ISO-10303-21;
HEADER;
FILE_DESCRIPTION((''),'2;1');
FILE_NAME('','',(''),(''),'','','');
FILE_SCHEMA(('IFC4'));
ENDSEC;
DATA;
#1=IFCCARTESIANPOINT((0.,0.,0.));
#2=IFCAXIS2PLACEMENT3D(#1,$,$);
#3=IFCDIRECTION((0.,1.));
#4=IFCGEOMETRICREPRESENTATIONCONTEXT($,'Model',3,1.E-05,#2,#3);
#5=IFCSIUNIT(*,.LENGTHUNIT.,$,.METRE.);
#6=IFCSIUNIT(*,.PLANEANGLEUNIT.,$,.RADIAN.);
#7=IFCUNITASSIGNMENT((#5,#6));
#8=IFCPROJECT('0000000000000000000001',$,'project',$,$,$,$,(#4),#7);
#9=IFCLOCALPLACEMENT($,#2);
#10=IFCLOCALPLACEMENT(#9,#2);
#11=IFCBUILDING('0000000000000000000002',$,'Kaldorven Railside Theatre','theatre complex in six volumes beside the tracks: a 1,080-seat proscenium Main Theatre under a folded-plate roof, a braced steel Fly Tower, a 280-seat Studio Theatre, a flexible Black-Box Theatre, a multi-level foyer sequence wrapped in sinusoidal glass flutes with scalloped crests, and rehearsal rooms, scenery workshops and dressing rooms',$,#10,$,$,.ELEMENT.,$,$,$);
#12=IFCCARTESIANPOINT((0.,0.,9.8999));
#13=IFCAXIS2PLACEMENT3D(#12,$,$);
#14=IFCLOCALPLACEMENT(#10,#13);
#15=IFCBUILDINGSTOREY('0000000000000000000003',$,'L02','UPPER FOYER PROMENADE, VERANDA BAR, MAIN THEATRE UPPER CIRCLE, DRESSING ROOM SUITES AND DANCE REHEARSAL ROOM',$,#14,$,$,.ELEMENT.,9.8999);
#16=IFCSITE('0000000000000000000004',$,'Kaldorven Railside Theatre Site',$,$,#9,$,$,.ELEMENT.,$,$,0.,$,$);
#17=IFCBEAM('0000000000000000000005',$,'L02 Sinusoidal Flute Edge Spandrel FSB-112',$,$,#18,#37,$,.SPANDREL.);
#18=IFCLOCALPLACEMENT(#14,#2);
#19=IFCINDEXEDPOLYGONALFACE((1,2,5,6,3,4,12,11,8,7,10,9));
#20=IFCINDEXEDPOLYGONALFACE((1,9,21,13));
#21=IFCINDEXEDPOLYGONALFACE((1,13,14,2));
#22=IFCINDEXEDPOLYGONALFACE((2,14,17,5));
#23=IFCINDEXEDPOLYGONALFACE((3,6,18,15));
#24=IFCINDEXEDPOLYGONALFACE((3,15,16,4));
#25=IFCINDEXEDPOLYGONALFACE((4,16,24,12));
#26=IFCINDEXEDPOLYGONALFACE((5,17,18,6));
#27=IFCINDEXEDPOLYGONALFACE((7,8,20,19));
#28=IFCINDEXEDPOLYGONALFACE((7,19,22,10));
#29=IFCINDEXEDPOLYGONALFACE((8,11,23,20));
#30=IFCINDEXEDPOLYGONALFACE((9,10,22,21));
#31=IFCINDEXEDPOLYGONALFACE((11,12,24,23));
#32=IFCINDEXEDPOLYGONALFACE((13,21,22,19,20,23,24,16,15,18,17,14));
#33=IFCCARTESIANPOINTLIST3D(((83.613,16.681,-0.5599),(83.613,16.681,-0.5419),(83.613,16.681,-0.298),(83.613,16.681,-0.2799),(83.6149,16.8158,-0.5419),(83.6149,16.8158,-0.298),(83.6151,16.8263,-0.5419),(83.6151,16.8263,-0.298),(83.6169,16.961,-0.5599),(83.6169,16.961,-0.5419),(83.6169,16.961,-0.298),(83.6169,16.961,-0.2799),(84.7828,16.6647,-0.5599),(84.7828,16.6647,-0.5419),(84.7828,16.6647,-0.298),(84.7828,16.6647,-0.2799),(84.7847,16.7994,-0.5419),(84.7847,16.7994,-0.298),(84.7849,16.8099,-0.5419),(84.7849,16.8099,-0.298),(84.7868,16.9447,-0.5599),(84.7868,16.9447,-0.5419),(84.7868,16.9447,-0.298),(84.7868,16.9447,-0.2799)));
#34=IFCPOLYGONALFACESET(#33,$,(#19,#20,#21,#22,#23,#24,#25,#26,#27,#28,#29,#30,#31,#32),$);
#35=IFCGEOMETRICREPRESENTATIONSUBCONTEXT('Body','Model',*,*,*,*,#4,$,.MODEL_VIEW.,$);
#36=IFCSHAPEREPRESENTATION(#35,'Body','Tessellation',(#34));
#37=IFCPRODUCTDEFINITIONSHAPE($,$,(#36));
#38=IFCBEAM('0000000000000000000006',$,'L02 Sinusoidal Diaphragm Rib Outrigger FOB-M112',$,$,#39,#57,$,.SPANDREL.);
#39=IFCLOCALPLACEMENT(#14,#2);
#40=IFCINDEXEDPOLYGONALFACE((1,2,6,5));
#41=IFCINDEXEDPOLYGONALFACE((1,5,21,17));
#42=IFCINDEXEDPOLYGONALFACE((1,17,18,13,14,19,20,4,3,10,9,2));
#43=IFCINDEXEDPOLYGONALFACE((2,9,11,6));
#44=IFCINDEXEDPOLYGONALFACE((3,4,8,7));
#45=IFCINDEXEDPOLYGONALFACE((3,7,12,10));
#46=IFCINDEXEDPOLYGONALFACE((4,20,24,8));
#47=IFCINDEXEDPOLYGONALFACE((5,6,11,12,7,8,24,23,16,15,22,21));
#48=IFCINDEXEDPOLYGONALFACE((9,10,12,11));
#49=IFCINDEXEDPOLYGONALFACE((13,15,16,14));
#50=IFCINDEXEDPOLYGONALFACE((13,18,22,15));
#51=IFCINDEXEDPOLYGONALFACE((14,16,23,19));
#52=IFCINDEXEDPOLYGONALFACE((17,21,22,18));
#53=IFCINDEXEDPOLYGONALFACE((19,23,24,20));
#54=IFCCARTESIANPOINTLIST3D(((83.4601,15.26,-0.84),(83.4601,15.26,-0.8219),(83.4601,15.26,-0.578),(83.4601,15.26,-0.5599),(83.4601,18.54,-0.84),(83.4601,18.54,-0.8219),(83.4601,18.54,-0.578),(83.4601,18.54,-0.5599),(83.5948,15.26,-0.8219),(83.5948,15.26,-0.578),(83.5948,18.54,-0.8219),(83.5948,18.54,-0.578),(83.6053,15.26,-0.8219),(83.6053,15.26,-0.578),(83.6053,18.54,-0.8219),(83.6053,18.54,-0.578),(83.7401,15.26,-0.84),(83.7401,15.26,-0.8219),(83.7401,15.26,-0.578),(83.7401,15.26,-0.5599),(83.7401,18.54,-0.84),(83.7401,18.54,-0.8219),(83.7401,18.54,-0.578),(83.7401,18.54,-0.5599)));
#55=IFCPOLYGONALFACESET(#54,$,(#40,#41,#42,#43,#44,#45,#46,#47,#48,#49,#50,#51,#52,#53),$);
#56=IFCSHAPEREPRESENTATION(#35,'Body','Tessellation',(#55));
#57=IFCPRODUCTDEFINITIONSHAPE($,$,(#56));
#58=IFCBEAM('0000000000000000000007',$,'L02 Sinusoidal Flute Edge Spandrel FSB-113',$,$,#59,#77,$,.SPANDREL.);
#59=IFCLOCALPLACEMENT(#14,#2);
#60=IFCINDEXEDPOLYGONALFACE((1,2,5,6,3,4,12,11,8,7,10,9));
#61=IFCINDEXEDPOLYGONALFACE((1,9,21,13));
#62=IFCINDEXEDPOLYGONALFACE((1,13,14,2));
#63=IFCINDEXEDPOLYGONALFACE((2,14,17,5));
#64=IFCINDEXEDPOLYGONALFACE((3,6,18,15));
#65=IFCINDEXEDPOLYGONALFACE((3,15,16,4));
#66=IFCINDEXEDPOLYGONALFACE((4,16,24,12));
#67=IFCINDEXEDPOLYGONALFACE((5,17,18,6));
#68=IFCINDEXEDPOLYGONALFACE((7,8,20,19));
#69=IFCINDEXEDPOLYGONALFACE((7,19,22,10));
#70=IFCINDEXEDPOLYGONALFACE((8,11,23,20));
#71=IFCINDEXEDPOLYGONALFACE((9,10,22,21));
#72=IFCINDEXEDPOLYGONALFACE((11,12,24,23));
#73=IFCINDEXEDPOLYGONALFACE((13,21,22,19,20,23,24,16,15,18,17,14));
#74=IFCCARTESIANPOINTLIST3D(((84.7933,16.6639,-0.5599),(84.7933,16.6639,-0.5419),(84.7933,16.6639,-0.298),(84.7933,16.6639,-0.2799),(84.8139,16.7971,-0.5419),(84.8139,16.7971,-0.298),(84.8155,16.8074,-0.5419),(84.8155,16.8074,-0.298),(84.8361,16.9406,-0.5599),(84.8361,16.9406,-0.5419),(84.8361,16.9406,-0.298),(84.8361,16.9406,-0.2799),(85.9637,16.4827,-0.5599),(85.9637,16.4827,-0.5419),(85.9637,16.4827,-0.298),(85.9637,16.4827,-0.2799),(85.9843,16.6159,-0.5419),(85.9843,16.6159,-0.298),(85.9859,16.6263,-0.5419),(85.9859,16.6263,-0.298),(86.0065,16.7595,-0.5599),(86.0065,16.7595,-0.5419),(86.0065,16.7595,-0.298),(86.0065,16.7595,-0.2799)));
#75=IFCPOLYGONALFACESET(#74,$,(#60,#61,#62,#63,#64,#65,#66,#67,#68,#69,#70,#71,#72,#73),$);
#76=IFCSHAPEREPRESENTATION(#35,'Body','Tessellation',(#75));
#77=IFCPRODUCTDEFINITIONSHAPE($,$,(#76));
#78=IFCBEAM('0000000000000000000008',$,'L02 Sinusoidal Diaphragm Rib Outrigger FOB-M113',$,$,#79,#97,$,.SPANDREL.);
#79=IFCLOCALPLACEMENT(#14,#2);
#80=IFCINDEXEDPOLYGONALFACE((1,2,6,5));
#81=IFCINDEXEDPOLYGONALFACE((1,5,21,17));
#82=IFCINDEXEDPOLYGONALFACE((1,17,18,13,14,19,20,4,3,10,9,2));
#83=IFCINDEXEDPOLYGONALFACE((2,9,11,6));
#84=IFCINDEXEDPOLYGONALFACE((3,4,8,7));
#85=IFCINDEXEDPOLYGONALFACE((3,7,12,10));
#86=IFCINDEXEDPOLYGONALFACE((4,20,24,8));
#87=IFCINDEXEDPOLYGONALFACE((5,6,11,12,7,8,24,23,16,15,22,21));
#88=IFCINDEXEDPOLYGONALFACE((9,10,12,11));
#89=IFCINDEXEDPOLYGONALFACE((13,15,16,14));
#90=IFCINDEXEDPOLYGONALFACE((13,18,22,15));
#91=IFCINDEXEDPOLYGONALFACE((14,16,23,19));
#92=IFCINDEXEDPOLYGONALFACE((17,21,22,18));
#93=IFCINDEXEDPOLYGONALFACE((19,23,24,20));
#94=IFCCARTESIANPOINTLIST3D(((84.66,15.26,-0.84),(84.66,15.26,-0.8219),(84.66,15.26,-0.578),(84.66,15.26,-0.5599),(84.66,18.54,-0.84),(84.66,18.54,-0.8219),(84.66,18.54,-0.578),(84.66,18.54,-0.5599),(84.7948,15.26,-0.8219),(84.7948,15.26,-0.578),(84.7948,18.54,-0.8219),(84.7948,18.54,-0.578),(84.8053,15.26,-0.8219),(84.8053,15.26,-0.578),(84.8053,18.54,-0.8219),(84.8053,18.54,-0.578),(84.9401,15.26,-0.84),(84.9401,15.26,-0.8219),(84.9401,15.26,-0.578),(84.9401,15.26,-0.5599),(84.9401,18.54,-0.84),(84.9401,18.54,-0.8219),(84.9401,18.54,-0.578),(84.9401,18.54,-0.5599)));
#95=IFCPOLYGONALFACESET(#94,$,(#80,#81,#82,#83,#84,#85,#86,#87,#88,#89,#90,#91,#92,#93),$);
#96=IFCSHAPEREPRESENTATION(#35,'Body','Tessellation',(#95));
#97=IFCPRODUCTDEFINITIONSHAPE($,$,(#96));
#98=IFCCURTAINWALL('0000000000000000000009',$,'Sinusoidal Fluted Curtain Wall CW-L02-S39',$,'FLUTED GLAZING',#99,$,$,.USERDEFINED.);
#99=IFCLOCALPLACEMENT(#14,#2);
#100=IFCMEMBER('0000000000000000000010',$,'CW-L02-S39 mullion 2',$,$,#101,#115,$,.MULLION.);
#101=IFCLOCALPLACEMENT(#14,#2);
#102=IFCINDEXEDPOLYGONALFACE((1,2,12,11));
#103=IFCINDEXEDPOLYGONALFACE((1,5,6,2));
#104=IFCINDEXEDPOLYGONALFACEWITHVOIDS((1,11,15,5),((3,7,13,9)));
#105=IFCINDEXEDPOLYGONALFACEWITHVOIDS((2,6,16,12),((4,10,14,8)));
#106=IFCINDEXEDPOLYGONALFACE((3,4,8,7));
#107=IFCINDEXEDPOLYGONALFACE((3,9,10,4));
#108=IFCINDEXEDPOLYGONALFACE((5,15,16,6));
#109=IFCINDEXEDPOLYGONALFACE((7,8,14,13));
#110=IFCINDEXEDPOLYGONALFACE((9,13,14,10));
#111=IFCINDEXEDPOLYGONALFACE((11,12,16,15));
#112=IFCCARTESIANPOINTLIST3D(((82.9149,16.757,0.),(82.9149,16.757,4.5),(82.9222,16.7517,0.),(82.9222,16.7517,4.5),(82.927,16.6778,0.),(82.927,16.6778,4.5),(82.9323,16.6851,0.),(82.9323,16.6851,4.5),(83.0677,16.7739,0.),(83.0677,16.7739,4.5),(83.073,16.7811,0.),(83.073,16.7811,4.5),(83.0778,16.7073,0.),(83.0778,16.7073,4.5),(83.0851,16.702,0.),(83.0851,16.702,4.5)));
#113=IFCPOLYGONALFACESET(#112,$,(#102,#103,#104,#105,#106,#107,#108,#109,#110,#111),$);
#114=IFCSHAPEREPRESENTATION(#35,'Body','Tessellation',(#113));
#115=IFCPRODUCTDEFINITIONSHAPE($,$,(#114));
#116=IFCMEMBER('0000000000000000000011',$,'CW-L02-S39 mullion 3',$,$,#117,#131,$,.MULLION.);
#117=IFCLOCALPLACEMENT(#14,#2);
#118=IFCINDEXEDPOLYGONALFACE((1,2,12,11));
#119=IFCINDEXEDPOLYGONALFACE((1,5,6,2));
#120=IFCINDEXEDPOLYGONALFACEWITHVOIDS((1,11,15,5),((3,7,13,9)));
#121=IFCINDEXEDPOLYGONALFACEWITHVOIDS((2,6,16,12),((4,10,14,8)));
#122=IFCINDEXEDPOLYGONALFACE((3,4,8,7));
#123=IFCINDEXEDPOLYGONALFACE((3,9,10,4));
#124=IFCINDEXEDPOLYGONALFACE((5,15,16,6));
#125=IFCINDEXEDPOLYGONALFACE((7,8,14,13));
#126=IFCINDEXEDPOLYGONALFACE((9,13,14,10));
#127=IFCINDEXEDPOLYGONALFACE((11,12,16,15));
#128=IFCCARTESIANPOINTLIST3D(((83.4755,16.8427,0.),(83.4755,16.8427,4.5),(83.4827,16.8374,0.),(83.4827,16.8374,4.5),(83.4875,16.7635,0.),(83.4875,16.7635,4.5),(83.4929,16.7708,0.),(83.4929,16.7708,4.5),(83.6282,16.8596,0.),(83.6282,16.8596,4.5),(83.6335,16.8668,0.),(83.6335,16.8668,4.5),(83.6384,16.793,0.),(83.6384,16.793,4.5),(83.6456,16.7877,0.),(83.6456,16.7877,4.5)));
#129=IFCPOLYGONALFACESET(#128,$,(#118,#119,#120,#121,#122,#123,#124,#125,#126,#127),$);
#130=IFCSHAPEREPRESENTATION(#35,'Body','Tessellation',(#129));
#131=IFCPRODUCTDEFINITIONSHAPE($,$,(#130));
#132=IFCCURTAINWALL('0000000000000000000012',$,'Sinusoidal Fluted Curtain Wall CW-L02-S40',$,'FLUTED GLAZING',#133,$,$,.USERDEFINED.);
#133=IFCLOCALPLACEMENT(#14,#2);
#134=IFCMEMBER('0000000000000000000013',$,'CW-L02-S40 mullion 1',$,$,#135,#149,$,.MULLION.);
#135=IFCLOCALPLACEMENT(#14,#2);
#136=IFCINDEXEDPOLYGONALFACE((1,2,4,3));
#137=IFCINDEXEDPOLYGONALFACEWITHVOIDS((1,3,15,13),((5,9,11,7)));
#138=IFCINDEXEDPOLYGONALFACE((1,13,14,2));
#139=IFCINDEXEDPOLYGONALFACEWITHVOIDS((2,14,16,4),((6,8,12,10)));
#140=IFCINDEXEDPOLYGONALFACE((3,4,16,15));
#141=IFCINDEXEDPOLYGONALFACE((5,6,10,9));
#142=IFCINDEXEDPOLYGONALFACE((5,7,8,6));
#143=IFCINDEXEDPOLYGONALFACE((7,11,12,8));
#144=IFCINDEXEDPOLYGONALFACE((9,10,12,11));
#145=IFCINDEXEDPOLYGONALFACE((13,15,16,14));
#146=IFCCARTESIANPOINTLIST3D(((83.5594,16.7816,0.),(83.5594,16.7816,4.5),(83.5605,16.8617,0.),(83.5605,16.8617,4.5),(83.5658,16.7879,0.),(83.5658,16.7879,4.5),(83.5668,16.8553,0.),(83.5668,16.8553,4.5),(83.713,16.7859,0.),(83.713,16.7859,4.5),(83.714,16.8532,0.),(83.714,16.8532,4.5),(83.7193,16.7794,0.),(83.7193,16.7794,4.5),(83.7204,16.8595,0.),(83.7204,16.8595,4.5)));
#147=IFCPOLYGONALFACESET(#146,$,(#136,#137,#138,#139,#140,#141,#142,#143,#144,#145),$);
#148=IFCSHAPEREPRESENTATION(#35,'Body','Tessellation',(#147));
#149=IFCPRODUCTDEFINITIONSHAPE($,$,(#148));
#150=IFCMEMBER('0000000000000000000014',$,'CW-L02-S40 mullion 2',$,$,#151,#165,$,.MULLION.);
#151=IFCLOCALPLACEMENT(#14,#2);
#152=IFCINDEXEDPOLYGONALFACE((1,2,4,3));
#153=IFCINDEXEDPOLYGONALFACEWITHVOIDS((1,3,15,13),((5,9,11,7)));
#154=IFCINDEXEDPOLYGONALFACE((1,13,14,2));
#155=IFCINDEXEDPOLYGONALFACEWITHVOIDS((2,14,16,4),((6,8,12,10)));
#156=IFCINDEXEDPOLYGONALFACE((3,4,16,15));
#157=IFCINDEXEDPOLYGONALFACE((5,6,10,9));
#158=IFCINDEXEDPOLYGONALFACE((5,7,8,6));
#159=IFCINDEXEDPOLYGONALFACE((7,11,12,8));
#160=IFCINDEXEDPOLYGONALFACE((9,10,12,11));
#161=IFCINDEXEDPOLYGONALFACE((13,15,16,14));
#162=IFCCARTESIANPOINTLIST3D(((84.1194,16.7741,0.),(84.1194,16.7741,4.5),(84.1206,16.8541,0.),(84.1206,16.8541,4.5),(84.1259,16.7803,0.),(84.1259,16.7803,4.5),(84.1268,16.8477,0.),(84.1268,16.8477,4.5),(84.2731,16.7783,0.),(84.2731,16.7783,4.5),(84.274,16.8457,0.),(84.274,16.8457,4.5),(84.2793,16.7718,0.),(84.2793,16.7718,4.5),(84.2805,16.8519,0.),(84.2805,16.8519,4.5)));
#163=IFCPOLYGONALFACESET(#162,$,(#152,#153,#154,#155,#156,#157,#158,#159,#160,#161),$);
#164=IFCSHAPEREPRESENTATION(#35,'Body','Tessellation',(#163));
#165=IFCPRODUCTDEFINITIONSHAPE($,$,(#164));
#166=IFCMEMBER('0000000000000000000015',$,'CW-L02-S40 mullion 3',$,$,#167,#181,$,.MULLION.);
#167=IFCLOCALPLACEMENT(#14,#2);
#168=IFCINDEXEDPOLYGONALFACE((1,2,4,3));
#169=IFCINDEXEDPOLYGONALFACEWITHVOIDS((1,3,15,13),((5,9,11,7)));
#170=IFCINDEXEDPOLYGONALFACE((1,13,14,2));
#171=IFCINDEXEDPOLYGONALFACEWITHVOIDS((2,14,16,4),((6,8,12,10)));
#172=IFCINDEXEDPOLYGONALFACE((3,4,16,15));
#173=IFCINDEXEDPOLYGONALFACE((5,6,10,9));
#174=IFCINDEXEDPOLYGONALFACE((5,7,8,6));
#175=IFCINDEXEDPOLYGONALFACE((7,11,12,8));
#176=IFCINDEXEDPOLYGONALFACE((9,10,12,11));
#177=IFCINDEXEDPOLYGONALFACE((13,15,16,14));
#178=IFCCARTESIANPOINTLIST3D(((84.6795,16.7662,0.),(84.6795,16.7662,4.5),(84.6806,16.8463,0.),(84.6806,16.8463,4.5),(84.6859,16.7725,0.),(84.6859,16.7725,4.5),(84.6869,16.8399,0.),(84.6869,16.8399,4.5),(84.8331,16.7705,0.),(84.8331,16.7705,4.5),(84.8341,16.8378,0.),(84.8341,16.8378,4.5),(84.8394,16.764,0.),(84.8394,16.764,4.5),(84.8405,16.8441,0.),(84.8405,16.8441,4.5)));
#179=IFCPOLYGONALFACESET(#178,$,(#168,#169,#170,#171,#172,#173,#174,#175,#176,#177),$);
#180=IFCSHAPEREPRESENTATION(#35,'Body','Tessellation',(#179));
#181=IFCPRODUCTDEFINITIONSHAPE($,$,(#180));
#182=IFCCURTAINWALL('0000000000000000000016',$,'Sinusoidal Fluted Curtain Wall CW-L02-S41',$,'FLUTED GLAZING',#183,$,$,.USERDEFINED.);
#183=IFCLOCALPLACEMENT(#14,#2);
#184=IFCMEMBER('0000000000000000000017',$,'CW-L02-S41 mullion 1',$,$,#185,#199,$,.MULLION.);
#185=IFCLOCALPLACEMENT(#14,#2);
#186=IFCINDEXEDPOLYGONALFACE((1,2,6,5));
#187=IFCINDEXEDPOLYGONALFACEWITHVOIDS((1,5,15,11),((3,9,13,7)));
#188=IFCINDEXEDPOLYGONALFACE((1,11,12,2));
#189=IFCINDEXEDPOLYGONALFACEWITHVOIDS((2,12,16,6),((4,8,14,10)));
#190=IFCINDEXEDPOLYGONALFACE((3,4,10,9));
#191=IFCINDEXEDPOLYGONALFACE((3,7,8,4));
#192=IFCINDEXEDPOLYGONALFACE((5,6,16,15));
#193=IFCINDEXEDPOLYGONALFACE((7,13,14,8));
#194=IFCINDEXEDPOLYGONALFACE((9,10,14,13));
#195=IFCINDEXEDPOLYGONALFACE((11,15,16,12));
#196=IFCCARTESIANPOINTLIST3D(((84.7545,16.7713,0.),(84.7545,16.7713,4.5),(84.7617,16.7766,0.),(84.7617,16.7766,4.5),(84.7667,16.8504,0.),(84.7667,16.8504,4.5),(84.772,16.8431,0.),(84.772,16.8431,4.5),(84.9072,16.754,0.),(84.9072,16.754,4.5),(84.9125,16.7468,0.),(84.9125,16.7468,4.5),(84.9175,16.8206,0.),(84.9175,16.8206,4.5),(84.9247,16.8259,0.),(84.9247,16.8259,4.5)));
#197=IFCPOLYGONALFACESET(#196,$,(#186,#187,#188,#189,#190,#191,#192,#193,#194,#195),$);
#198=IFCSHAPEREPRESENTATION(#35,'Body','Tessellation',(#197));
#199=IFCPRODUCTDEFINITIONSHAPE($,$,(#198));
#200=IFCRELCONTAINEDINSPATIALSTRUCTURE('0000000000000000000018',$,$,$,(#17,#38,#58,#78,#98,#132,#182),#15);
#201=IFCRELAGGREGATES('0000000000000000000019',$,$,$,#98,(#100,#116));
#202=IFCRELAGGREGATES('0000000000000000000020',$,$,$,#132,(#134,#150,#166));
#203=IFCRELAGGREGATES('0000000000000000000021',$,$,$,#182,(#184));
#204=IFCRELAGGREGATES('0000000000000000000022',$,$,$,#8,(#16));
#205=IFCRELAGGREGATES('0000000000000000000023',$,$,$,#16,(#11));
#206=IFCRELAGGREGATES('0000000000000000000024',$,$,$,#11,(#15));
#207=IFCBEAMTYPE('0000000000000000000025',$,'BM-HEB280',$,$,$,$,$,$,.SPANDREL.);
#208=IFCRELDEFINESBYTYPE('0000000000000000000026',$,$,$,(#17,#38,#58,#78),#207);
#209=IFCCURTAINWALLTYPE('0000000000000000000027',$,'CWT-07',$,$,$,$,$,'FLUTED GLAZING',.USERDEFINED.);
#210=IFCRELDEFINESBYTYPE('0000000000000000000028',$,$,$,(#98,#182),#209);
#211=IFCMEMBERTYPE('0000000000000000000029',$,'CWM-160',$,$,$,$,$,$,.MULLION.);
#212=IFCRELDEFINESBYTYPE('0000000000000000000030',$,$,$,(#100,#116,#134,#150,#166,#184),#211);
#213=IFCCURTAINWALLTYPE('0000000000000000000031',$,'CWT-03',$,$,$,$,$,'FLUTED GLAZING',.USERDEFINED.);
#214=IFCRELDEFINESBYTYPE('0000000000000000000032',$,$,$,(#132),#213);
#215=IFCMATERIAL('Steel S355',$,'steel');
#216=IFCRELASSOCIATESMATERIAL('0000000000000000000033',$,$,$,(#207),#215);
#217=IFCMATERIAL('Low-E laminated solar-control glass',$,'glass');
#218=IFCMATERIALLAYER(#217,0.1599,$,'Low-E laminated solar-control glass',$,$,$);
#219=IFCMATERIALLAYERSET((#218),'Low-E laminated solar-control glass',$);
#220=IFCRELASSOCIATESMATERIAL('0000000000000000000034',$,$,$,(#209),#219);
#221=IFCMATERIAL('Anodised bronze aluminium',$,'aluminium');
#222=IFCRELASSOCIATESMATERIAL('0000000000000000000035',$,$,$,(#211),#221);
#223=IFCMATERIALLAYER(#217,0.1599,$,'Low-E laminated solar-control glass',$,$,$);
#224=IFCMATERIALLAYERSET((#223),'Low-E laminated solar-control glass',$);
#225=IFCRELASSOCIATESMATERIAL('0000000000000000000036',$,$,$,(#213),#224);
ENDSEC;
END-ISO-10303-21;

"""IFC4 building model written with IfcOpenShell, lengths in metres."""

from ifc_helpers import new_model, si_unit, direction, frame, origin, origin_2d, place, context, subcontext, project, spatial, hollow_rectangle, i_section, extrude, material, layer, layer_set, material_profile, profile_set, type_object, element, aggregate, save


model = new_model("IFC4")

# Units and contexts
model_context = context("Model", 3, precision=1e-05, world=origin(), true_north=direction((0.0, 1.0)))
body_context = subcontext(model_context, "Body", "Model", "MODEL_VIEW")
ifc_project = project(units=[si_unit("LENGTHUNIT", "METRE"), si_unit("PLANEANGLEUNIT", "RADIAN")], contexts=[model_context])

# Site, building, storey
site_placement = place(None, origin())
site = spatial("IfcSite", under=ifc_project, at=site_placement, Name="Kaldorven Railside Theatre Site", CompositionType="ELEMENT", RefElevation=0.0)
building_placement = place(site_placement, origin())
building = spatial("IfcBuilding", under=site, at=building_placement, Name="Kaldorven Railside Theatre", Description="theatre complex in six volumes beside the tracks: a 1,080-seat proscenium Main Theatre under a folded-plate roof, a braced steel Fly Tower, a 280-seat Studio Theatre, a flexible Black-Box Theatre, a multi-level foyer sequence wrapped in sinusoidal glass flutes with scalloped crests, and rehearsal rooms, scenery workshops and dressing rooms", CompositionType="ELEMENT")
storey_placement = place(building_placement, frame((0.0, 0.0, 9.8999)))
storey = spatial("IfcBuildingStorey", under=building, at=storey_placement, Name="L02", Description="UPPER FOYER PROMENADE, VERANDA BAR, MAIN THEATRE UPPER CIRCLE, DRESSING ROOM SUITES AND DANCE REHEARSAL ROOM", CompositionType="ELEMENT", Elevation=9.8999)

# Beams
ifc_material_1 = material(Name="Steel S355", Category="steel")
ifc_material_profile_1 = material_profile(ifc_material_1, i_section(OverallWidth=0.28, OverallDepth=0.28, WebThickness=0.0105, FlangeThickness=0.0181, at=origin_2d()), Name="HEB 280")
ifc_profile_set_1 = profile_set([ifc_material_profile_1], Name="Steel S355")
beam_type = type_object("IfcBeamType", Name="BM-HEB280", PredefinedType="SPANDREL", material=ifc_profile_set_1)
beam_1_placement = place(storey_placement, frame((83.615, 16.821, -0.4199), z_axis=(0.999902, -0.01398, 0.0), x_axis=(0.01398, 0.999902, 0.0)))
element("IfcBeam", 1, at=beam_1_placement, inside=storey, type_object=beam_type, Name="L02 Sinusoidal Flute Edge Spandrel FSB-112", PredefinedType="SPANDREL", context=body_context, shape_type="SweptSolid", body=[
    extrude(i_section(OverallWidth=0.28, OverallDepth=0.28, WebThickness=0.0105, FlangeThickness=0.0181, at=origin_2d()), origin(), (0.0, 0.0, 1.0), 1.1699),
])
beam_2_placement = place(storey_placement, frame((83.6001, 15.26, -0.7), z_axis=(0.0, 1.0, 0.0), x_axis=(-1.0, 0.0, 0.0)))
element("IfcBeam", 2, at=beam_2_placement, inside=storey, type_object=beam_type, Name="L02 Sinusoidal Diaphragm Rib Outrigger FOB-M112", PredefinedType="SPANDREL", context=body_context, shape_type="SweptSolid", body=[
    extrude(i_section(OverallWidth=0.28, OverallDepth=0.28, WebThickness=0.0105, FlangeThickness=0.0181, at=origin_2d()), origin(), (0.0, 0.0, 1.0), 3.28),
])
beam_3_placement = place(storey_placement, frame((84.8147, 16.8022, -0.4199), z_axis=(0.988233, -0.152956, 0.0), x_axis=(0.152956, 0.988233, 0.0)))
element("IfcBeam", 3, at=beam_3_placement, inside=storey, type_object=beam_type, Name="L02 Sinusoidal Flute Edge Spandrel FSB-113", PredefinedType="SPANDREL", context=body_context, shape_type="SweptSolid", body=[
    extrude(i_section(OverallWidth=0.28, OverallDepth=0.28, WebThickness=0.0105, FlangeThickness=0.0181, at=origin_2d()), origin(), (0.0, 0.0, 1.0), 1.1843),
])
beam_4_placement = place(storey_placement, frame((84.8, 15.26, -0.7), z_axis=(0.0, 1.0, 0.0), x_axis=(-1.0, 0.0, 0.0)))
element("IfcBeam", 4, at=beam_4_placement, inside=storey, type_object=beam_type, Name="L02 Sinusoidal Diaphragm Rib Outrigger FOB-M113", PredefinedType="SPANDREL", context=body_context, shape_type="SweptSolid", body=[
    extrude(i_section(OverallWidth=0.28, OverallDepth=0.28, WebThickness=0.0105, FlangeThickness=0.0181, at=origin_2d()), origin(), (0.0, 0.0, 1.0), 3.28),
])

# Curtain walls, members
ifc_material_2 = material(Name="Low-E laminated solar-control glass", Category="glass")
ifc_layer_1 = layer(ifc_material_2, 0.1599, Name="Low-E laminated solar-control glass")
ifc_layer_set_1 = layer_set([ifc_layer_1], Name="Low-E laminated solar-control glass")
curtain_wall_type_1 = type_object("IfcCurtainWallType", Name="CWT-07", ElementType="FLUTED GLAZING", PredefinedType="USERDEFINED", material=ifc_layer_set_1)
curtain_wall_1_placement = place(storey_placement, origin())
curtain_wall_1 = element("IfcCurtainWall", 5, at=curtain_wall_1_placement, inside=storey, type_object=curtain_wall_type_1, Name="Sinusoidal Fluted Curtain Wall CW-L02-S39", ObjectType="FLUTED GLAZING", PredefinedType="USERDEFINED")
ifc_material_3 = material(Name="Anodised bronze aluminium", Category="aluminium")
ifc_material_profile_2 = material_profile(ifc_material_3, hollow_rectangle(XDim=0.0801, YDim=0.1599, WallThickness=0.0063, at=origin_2d()), Name="RHS 160x80x6.3")
ifc_profile_set_2 = profile_set([ifc_material_profile_2], Name="Anodised bronze aluminium")
member_type_1 = type_object("IfcMemberType", Name="CWM-160", PredefinedType="MULLION", material=ifc_profile_set_2)
member_1_placement = place(storey_placement, frame((83.0, 16.7295, 0.0), z_axis=(0.0, 0.0, 1.0), x_axis=(-0.150918, 0.988546, 0.0)))
member_1 = element("IfcMember", 6, at=member_1_placement, type_object=member_type_1, Name="CW-L02-S39 mullion 2", PredefinedType="MULLION", context=body_context, shape_type="SweptSolid", body=[
    extrude(hollow_rectangle(XDim=0.0801, YDim=0.1599, WallThickness=0.0063, at=origin_2d()), origin(), (0.0, 0.0, 1.0), 4.5),
])
member_2_placement = place(storey_placement, frame((83.5605, 16.8152, 0.0), z_axis=(0.0, 0.0, 1.0), x_axis=(-0.150918, 0.988546, 0.0)))
member_2 = element("IfcMember", 7, at=member_2_placement, type_object=member_type_1, Name="CW-L02-S39 mullion 3", PredefinedType="MULLION", context=body_context, shape_type="SweptSolid", body=[
    extrude(hollow_rectangle(XDim=0.0801, YDim=0.1599, WallThickness=0.0063, at=origin_2d()), origin(), (0.0, 0.0, 1.0), 4.5),
])
ifc_layer_2 = layer(ifc_material_2, 0.1599, Name="Low-E laminated solar-control glass")
ifc_layer_set_2 = layer_set([ifc_layer_2], Name="Low-E laminated solar-control glass")
curtain_wall_type_2 = type_object("IfcCurtainWallType", Name="CWT-03", ElementType="FLUTED GLAZING", PredefinedType="USERDEFINED", material=ifc_layer_set_2)
curtain_wall_2_placement = place(storey_placement, origin())
curtain_wall_2 = element("IfcCurtainWall", 8, at=curtain_wall_2_placement, inside=storey, type_object=curtain_wall_type_2, Name="Sinusoidal Fluted Curtain Wall CW-L02-S40", ObjectType="FLUTED GLAZING", PredefinedType="USERDEFINED")
member_3_placement = place(storey_placement, frame((83.6399, 16.8206, 0.0), z_axis=(0.0, 0.0, 1.0), x_axis=(0.013832, 0.999904, 0.0)))
member_3 = element("IfcMember", 9, at=member_3_placement, type_object=member_type_1, Name="CW-L02-S40 mullion 1", PredefinedType="MULLION", context=body_context, shape_type="SweptSolid", body=[
    extrude(hollow_rectangle(XDim=0.0801, YDim=0.1599, WallThickness=0.0063, at=origin_2d()), origin(), (0.0, 0.0, 1.0), 4.5),
])
member_4_placement = place(storey_placement, frame((84.2, 16.813, 0.0), z_axis=(0.0, 0.0, 1.0), x_axis=(0.013832, 0.999904, 0.0)))
member_4 = element("IfcMember", 10, at=member_4_placement, type_object=member_type_1, Name="CW-L02-S40 mullion 2", PredefinedType="MULLION", context=body_context, shape_type="SweptSolid", body=[
    extrude(hollow_rectangle(XDim=0.0801, YDim=0.1599, WallThickness=0.0063, at=origin_2d()), origin(), (0.0, 0.0, 1.0), 4.5),
])
member_5_placement = place(storey_placement, frame((84.76, 16.8052, 0.0), z_axis=(0.0, 0.0, 1.0), x_axis=(0.013832, 0.999904, 0.0)))
member_5 = element("IfcMember", 11, at=member_5_placement, type_object=member_type_1, Name="CW-L02-S40 mullion 3", PredefinedType="MULLION", context=body_context, shape_type="SweptSolid", body=[
    extrude(hollow_rectangle(XDim=0.0801, YDim=0.1599, WallThickness=0.0063, at=origin_2d()), origin(), (0.0, 0.0, 1.0), 4.5),
])
curtain_wall_3_placement = place(storey_placement, origin())
curtain_wall_3 = element("IfcCurtainWall", 12, at=curtain_wall_3_placement, inside=storey, type_object=curtain_wall_type_1, Name="Sinusoidal Fluted Curtain Wall CW-L02-S41", ObjectType="FLUTED GLAZING", PredefinedType="USERDEFINED")
member_6_placement = place(storey_placement, frame((84.8396, 16.7986, 0.0), z_axis=(0.0, 0.0, 1.0), x_axis=(0.15301, 0.988225, 0.0)))
member_6 = element("IfcMember", 13, at=member_6_placement, type_object=member_type_1, Name="CW-L02-S41 mullion 1", PredefinedType="MULLION", context=body_context, shape_type="SweptSolid", body=[
    extrude(hollow_rectangle(XDim=0.0801, YDim=0.1599, WallThickness=0.0063, at=origin_2d()), origin(), (0.0, 0.0, 1.0), 4.5),
])

aggregate(curtain_wall_1, [member_1, member_2])
aggregate(curtain_wall_2, [member_3, member_4, member_5])
aggregate(curtain_wall_3, [member_6])

save(model, "model.ifc")
